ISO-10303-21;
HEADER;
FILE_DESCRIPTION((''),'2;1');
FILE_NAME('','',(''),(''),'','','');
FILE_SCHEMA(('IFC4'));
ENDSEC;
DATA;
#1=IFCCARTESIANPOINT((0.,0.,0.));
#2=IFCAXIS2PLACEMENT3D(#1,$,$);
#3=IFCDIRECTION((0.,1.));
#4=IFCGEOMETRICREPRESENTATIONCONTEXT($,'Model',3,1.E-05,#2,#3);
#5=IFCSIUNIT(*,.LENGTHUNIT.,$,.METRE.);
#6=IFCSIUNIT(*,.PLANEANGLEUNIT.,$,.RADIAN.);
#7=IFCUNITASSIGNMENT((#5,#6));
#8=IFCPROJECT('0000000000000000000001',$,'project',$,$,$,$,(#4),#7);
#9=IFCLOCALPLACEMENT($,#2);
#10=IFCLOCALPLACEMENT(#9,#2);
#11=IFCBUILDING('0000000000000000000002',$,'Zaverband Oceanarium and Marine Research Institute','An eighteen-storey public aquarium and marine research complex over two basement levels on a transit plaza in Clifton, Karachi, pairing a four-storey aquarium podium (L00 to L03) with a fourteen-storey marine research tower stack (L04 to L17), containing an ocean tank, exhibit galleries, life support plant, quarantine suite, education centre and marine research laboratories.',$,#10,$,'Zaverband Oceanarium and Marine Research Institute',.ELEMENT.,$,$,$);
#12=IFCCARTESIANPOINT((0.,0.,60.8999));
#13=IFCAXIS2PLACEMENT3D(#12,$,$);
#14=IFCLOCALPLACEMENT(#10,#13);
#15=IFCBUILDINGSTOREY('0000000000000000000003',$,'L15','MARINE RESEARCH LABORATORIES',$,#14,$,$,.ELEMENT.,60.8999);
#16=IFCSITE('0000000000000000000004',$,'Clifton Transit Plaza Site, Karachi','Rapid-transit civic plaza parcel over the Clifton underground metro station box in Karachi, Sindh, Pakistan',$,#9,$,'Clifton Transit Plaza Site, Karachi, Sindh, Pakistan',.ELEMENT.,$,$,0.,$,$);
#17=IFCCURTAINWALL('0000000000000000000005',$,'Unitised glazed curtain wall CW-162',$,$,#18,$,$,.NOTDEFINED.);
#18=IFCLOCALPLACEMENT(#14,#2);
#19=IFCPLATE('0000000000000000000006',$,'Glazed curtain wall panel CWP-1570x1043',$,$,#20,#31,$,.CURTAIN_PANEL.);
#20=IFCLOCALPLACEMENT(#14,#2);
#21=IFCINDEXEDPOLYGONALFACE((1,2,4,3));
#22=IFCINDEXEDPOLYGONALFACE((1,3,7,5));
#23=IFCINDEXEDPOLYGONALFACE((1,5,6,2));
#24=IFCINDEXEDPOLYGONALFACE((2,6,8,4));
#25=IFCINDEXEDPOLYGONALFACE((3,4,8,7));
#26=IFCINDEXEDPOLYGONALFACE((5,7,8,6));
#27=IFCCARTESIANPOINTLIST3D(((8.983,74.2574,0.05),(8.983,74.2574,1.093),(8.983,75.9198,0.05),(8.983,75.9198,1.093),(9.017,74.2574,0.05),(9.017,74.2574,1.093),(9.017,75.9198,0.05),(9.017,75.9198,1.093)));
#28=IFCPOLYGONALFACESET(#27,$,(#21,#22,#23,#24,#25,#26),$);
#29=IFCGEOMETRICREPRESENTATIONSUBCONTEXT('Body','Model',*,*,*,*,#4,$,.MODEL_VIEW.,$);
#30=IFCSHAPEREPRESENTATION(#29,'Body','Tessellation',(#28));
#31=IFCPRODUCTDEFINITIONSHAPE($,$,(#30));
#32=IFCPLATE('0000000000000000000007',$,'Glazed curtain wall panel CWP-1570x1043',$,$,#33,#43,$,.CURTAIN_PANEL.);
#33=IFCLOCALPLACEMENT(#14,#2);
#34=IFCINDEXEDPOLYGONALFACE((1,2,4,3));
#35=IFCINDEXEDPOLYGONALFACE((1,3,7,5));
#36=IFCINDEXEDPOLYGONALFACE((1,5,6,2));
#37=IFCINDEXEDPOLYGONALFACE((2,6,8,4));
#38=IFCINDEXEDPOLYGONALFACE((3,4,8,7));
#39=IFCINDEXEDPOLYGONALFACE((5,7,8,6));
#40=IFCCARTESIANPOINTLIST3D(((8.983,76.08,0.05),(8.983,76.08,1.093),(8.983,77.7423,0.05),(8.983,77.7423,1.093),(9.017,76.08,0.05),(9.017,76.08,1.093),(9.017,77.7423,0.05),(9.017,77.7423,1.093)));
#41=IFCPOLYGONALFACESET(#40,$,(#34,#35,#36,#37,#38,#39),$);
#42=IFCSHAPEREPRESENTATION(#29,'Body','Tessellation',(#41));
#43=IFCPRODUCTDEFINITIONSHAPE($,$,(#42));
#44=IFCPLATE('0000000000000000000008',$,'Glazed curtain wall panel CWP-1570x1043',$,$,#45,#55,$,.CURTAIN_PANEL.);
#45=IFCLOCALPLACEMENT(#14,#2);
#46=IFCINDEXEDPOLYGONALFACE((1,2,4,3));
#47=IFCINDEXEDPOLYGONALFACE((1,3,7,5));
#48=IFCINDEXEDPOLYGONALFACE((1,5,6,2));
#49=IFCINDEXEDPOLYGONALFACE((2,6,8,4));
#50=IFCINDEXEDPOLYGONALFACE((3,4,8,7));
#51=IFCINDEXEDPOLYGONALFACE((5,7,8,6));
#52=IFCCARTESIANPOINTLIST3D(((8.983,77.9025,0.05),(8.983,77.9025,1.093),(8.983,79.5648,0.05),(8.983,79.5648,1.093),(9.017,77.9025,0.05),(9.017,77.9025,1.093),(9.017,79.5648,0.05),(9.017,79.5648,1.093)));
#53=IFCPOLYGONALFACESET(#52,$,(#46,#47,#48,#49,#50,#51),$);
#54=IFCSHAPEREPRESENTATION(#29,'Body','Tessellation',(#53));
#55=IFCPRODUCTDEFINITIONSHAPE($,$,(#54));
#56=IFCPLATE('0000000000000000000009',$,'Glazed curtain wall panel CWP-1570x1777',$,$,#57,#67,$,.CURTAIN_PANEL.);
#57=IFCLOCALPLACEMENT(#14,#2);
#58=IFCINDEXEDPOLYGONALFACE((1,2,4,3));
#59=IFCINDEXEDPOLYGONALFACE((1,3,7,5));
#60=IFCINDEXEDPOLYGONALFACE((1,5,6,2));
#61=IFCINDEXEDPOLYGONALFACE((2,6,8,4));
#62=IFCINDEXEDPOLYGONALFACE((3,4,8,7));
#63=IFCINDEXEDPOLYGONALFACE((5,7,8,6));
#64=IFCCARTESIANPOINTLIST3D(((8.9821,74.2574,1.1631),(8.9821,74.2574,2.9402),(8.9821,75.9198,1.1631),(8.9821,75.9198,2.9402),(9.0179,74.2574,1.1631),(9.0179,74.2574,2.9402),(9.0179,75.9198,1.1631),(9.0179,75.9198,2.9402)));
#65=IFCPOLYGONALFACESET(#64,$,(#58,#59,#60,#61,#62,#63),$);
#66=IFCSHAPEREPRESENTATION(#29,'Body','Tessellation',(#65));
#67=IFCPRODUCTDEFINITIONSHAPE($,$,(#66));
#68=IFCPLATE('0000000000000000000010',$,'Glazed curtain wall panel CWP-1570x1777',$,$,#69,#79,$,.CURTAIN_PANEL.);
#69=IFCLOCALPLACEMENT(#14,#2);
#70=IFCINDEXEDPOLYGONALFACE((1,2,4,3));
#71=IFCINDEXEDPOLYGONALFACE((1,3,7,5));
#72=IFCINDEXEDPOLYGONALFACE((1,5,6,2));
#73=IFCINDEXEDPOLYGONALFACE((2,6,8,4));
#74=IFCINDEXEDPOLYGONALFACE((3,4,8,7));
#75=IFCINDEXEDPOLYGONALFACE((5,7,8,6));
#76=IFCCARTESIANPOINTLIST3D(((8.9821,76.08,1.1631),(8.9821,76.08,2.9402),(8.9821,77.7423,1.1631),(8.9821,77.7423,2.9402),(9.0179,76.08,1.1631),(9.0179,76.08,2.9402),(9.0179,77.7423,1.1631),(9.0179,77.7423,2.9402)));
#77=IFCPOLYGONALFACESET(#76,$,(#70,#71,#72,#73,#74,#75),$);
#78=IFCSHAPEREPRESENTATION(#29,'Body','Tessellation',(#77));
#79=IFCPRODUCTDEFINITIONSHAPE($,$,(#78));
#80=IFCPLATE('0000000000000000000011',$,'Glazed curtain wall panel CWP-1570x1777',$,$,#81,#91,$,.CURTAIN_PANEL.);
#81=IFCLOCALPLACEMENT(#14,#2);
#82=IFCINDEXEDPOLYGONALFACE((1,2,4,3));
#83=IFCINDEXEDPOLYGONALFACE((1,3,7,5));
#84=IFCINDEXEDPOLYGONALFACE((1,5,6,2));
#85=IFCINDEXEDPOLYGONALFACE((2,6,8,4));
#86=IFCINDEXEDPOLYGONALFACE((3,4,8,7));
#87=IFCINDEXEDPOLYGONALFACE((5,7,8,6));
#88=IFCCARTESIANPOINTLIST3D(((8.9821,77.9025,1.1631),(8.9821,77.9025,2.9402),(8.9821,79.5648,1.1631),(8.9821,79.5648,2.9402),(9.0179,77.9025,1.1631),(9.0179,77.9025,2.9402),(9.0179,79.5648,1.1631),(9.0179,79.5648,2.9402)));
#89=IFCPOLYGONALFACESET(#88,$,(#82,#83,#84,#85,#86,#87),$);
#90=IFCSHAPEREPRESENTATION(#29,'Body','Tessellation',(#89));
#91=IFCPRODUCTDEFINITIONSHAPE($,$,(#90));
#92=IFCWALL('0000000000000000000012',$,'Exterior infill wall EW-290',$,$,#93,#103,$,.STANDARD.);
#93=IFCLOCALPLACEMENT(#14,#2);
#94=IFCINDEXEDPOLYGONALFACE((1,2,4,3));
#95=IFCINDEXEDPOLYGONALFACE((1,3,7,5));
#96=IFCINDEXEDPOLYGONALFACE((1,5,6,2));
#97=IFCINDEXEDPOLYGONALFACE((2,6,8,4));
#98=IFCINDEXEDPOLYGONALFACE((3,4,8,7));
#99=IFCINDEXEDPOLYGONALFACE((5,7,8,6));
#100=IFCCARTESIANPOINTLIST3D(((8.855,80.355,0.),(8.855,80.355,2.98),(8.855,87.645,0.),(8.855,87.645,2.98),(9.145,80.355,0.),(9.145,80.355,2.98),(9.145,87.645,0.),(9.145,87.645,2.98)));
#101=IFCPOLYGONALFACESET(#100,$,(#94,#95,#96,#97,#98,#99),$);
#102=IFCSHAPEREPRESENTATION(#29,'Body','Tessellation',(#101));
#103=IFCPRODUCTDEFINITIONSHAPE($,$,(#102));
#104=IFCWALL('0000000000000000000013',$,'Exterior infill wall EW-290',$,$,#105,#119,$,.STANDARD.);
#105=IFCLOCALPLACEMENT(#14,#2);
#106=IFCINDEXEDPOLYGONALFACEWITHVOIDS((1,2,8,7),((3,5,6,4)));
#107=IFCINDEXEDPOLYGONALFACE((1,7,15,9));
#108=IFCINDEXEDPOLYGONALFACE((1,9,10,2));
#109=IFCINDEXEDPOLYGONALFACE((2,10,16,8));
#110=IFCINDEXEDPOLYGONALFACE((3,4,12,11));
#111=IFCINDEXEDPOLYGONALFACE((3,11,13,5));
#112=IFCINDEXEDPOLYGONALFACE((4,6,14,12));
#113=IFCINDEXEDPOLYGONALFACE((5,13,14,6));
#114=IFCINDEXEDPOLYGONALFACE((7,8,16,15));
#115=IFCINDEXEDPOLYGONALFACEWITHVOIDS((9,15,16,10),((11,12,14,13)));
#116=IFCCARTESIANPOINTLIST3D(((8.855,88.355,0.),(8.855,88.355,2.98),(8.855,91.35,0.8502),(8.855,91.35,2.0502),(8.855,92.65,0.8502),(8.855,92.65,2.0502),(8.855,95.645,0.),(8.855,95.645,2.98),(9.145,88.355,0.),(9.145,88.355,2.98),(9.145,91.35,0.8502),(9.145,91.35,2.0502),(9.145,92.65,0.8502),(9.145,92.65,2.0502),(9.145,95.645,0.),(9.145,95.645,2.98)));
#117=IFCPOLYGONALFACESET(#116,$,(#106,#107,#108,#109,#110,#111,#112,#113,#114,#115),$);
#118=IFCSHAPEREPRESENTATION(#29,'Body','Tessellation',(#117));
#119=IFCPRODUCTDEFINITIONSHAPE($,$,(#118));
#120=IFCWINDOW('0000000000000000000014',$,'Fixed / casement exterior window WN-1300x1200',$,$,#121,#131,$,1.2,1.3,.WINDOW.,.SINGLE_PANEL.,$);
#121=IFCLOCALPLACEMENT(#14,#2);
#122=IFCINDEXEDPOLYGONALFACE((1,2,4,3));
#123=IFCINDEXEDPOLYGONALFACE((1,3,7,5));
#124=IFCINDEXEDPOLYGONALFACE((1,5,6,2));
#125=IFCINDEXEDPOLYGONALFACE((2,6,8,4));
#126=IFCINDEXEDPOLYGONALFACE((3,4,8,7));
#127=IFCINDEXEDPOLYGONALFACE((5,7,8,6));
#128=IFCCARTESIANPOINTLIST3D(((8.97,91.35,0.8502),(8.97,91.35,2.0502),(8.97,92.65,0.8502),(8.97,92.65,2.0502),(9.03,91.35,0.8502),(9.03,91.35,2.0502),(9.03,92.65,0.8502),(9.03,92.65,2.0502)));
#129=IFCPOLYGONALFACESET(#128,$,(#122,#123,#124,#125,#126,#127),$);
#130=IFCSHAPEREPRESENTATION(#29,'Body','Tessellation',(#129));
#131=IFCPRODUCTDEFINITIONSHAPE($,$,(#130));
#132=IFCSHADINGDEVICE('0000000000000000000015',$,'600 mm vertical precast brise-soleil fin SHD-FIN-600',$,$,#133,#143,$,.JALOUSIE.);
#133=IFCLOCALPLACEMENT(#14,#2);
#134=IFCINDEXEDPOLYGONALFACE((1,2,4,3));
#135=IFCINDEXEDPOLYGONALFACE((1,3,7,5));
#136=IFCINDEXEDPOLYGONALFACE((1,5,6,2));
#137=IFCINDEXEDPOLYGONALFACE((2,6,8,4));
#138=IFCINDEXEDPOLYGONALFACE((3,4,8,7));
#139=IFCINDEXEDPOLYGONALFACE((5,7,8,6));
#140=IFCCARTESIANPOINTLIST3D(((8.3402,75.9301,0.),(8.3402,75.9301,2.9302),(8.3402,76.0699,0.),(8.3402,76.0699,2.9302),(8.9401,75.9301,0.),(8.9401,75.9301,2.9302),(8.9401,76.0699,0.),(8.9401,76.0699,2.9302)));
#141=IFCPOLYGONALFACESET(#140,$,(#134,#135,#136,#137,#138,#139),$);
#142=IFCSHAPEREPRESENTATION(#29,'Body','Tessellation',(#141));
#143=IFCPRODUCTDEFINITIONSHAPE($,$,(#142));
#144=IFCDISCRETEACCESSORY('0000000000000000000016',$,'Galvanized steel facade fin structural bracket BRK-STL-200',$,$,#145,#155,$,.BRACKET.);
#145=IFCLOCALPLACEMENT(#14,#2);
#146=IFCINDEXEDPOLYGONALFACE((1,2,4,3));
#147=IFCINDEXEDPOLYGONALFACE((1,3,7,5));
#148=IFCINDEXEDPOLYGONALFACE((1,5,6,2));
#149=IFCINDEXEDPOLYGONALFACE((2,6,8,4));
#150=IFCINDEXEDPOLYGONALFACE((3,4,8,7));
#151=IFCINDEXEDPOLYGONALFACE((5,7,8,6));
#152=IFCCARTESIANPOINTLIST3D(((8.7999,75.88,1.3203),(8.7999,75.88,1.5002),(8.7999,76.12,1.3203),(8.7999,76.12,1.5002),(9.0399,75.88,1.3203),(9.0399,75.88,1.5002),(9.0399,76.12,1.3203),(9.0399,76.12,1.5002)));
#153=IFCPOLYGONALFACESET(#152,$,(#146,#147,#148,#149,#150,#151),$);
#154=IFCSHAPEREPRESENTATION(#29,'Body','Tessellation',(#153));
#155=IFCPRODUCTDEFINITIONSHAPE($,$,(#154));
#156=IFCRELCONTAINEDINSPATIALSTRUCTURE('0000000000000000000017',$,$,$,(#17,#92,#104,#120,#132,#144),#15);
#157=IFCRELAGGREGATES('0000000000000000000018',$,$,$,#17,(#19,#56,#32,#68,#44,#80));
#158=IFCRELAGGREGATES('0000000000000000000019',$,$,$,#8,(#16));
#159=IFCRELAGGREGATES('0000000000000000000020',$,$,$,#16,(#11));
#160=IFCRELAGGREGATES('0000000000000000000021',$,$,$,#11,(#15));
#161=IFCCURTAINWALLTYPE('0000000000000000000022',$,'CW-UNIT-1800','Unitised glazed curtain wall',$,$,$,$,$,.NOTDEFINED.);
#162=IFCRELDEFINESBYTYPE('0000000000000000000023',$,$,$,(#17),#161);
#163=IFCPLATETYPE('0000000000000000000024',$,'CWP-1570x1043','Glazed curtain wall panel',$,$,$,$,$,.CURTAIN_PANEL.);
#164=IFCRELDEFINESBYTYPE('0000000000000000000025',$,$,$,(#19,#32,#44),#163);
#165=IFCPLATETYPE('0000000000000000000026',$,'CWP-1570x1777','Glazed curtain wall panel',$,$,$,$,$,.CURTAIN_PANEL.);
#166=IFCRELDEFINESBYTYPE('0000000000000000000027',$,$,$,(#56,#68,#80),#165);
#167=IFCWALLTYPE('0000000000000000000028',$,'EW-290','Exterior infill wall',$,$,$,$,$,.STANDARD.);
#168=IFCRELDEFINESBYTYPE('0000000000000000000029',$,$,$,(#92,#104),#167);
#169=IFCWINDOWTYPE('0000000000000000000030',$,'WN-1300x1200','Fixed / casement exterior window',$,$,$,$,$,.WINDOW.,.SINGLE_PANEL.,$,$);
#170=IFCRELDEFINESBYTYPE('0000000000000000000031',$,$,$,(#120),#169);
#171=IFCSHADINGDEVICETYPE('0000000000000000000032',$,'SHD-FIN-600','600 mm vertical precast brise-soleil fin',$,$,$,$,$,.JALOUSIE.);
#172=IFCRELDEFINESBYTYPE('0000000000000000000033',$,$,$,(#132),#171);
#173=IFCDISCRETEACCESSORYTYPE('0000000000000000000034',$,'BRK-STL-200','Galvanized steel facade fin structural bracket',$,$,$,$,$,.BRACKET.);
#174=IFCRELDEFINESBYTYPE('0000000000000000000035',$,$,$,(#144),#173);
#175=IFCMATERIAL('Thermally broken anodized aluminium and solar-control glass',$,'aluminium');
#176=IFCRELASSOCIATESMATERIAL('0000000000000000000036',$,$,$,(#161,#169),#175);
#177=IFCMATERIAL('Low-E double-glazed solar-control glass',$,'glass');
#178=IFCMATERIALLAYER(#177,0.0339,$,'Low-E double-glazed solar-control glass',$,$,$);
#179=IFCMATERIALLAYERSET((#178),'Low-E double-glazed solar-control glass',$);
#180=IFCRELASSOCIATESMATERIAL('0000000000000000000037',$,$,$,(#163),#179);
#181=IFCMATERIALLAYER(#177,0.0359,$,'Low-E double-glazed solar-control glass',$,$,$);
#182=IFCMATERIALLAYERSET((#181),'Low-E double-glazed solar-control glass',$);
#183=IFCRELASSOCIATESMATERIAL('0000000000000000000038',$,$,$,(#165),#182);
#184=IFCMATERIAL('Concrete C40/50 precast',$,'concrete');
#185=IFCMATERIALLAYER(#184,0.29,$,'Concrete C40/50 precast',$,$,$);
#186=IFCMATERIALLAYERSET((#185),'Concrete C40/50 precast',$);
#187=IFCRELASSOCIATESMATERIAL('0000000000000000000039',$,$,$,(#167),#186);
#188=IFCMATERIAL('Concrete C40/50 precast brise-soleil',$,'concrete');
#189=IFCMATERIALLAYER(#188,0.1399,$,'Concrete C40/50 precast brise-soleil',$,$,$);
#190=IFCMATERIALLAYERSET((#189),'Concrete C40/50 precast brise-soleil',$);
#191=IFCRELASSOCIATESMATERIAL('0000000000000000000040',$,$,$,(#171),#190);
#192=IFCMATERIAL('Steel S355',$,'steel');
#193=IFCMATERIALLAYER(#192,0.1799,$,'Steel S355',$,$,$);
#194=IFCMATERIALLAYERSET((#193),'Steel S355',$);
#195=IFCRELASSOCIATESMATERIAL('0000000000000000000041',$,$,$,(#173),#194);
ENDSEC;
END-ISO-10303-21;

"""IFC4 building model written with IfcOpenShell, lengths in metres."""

from ifc_helpers import new_model, si_unit, direction, frame, frame_2d, origin, origin_2d, place, context, subcontext, project, spatial, rectangle, extrude, material, layer, layer_set, type_object, element, fill, aggregate, save


model = new_model("IFC4")

# Units and contexts
model_context = context("Model", 3, precision=1e-05, world=origin(), true_north=direction((0.0, 1.0)))
body_context = subcontext(model_context, "Body", "Model", "MODEL_VIEW")
ifc_project = project(units=[si_unit("LENGTHUNIT", "METRE"), si_unit("PLANEANGLEUNIT", "RADIAN")], contexts=[model_context])

# Site, building, storey
site_placement = place(None, origin())
site = spatial("IfcSite", under=ifc_project, at=site_placement, Name="Clifton Transit Plaza Site, Karachi", Description="Rapid-transit civic plaza parcel over the Clifton underground metro station box in Karachi, Sindh, Pakistan", LongName="Clifton Transit Plaza Site, Karachi, Sindh, Pakistan", CompositionType="ELEMENT", RefElevation=0.0)
building_placement = place(site_placement, origin())
building = spatial("IfcBuilding", under=site, at=building_placement, Name="Zaverband Oceanarium and Marine Research Institute", Description="An eighteen-storey public aquarium and marine research complex over two basement levels on a transit plaza in Clifton, Karachi, pairing a four-storey aquarium podium (L00 to L03) with a fourteen-storey marine research tower stack (L04 to L17), containing an ocean tank, exhibit galleries, life support plant, quarantine suite, education centre and marine research laboratories.", LongName="Zaverband Oceanarium and Marine Research Institute", CompositionType="ELEMENT")
storey_placement = place(building_placement, frame((0.0, 0.0, 60.8999)))
storey = spatial("IfcBuildingStorey", under=building, at=storey_placement, Name="L15", Description="MARINE RESEARCH LABORATORIES", CompositionType="ELEMENT", Elevation=60.8999)

# Shared definitions
ifc_material_1 = material(Name="Steel S355", Category="steel")

# Curtain wall
ifc_material_2 = material(Name="Thermally broken anodized aluminium and solar-control glass", Category="aluminium")
curtain_wall_type = type_object("IfcCurtainWallType", Name="CW-UNIT-1800", Description="Unitised glazed curtain wall", PredefinedType="NOTDEFINED", material=ifc_material_2)
curtain_wall_placement = place(storey_placement, origin())
curtain_wall = element("IfcCurtainWall", 1, at=curtain_wall_placement, inside=storey, type_object=curtain_wall_type, Name="Unitised glazed curtain wall CW-162", PredefinedType="NOTDEFINED")

# Plates
ifc_material_3 = material(Name="Low-E double-glazed solar-control glass", Category="glass")
ifc_layer_1 = layer(ifc_material_3, 0.0339, Name="Low-E double-glazed solar-control glass")
ifc_layer_set_1 = layer_set([ifc_layer_1], Name="Low-E double-glazed solar-control glass")
plate_type_1 = type_object("IfcPlateType", Name="CWP-1570x1043", Description="Glazed curtain wall panel", PredefinedType="CURTAIN_PANEL", material=ifc_layer_set_1)
plate_1_placement = place(storey_placement, frame((9.0, 74.2576, 0.05), z_axis=(0.0, 0.0, 1.0), x_axis=(0.0, 1.0, 0.0)))
plate_1 = element("IfcPlate", 2, at=plate_1_placement, type_object=plate_type_1, Name="Glazed curtain wall panel CWP-1570x1043", PredefinedType="CURTAIN_PANEL", context=body_context, shape_type="SweptSolid", body=[
    extrude(rectangle(XDim=1.6624, YDim=0.0339, at=frame_2d((0.8311, 0.0))), origin(), (0.0, 0.0, 1.0), 1.043),
])
plate_2_placement = place(storey_placement, frame((9.0, 76.0801, 0.05), z_axis=(0.0, 0.0, 1.0), x_axis=(0.0, 1.0, 0.0)))
plate_2 = element("IfcPlate", 3, at=plate_2_placement, type_object=plate_type_1, Name="Glazed curtain wall panel CWP-1570x1043", PredefinedType="CURTAIN_PANEL", context=body_context, shape_type="SweptSolid", body=[
    extrude(rectangle(XDim=1.6624, YDim=0.0339, at=frame_2d((0.8311, 0.0))), origin(), (0.0, 0.0, 1.0), 1.043),
])
plate_3_placement = place(storey_placement, frame((9.0, 77.9026, 0.05), z_axis=(0.0, 0.0, 1.0), x_axis=(0.0, 1.0, 0.0)))
plate_3 = element("IfcPlate", 4, at=plate_3_placement, type_object=plate_type_1, Name="Glazed curtain wall panel CWP-1570x1043", PredefinedType="CURTAIN_PANEL", context=body_context, shape_type="SweptSolid", body=[
    extrude(rectangle(XDim=1.6624, YDim=0.0339, at=frame_2d((0.8311, 0.0))), origin(), (0.0, 0.0, 1.0), 1.043),
])
ifc_layer_2 = layer(ifc_material_3, 0.0359, Name="Low-E double-glazed solar-control glass")
ifc_layer_set_2 = layer_set([ifc_layer_2], Name="Low-E double-glazed solar-control glass")
plate_type_2 = type_object("IfcPlateType", Name="CWP-1570x1777", Description="Glazed curtain wall panel", PredefinedType="CURTAIN_PANEL", material=ifc_layer_set_2)
plate_4_placement = place(storey_placement, frame((9.0, 74.2576, 1.1631), z_axis=(0.0, 0.0, 1.0), x_axis=(0.0, 1.0, 0.0)))
plate_4 = element("IfcPlate", 5, at=plate_4_placement, type_object=plate_type_2, Name="Glazed curtain wall panel CWP-1570x1777", PredefinedType="CURTAIN_PANEL", context=body_context, shape_type="SweptSolid", body=[
    extrude(rectangle(XDim=1.6624, YDim=0.0359, at=frame_2d((0.8311, 0.0))), origin(), (0.0, 0.0, 1.0), 1.7771),
])
plate_5_placement = place(storey_placement, frame((9.0, 76.0801, 1.1631), z_axis=(0.0, 0.0, 1.0), x_axis=(0.0, 1.0, 0.0)))
plate_5 = element("IfcPlate", 6, at=plate_5_placement, type_object=plate_type_2, Name="Glazed curtain wall panel CWP-1570x1777", PredefinedType="CURTAIN_PANEL", context=body_context, shape_type="SweptSolid", body=[
    extrude(rectangle(XDim=1.6624, YDim=0.0359, at=frame_2d((0.8311, 0.0))), origin(), (0.0, 0.0, 1.0), 1.7771),
])
plate_6_placement = place(storey_placement, frame((9.0, 77.9026, 1.1631), z_axis=(0.0, 0.0, 1.0), x_axis=(0.0, 1.0, 0.0)))
plate_6 = element("IfcPlate", 7, at=plate_6_placement, type_object=plate_type_2, Name="Glazed curtain wall panel CWP-1570x1777", PredefinedType="CURTAIN_PANEL", context=body_context, shape_type="SweptSolid", body=[
    extrude(rectangle(XDim=1.6624, YDim=0.0359, at=frame_2d((0.8311, 0.0))), origin(), (0.0, 0.0, 1.0), 1.7771),
])
aggregate(curtain_wall, [plate_1, plate_4, plate_2, plate_5, plate_3, plate_6])

# Wall
ifc_material_4 = material(Name="Concrete C40/50 precast", Category="concrete")
ifc_layer_3 = layer(ifc_material_4, 0.29, Name="Concrete C40/50 precast")
ifc_layer_set_3 = layer_set([ifc_layer_3], Name="Concrete C40/50 precast")
wall_type = type_object("IfcWallType", Name="EW-290", Description="Exterior infill wall", PredefinedType="STANDARD", material=ifc_layer_set_3)
wall_1_placement = place(storey_placement, frame((9.0, 80.355, 0.0), z_axis=(0.0, 0.0, 1.0), x_axis=(0.0, 1.0, 0.0)))
element("IfcWall", 8, at=wall_1_placement, inside=storey, type_object=wall_type, Name="Exterior infill wall EW-290", PredefinedType="STANDARD", context=body_context, shape_type="SweptSolid", body=[
    extrude(rectangle(XDim=7.29, YDim=0.29, at=frame_2d((3.645, 0.0))), origin(), (0.0, 0.0, 1.0), 2.98),
])

# Wall, opening, window
wall_2_placement = place(storey_placement, frame((9.0, 88.355, 0.0), z_axis=(0.0, 0.0, 1.0), x_axis=(0.0, 1.0, 0.0)))
wall_2 = element("IfcWall", 9, at=wall_2_placement, inside=storey, type_object=wall_type, Name="Exterior infill wall EW-290", PredefinedType="STANDARD", context=body_context, shape_type="SweptSolid", body=[
    extrude(rectangle(XDim=7.29, YDim=0.29, at=frame_2d((3.645, 0.0))), origin(), (0.0, 0.0, 1.0), 2.98),
])
opening_placement = place(wall_2_placement, frame((2.9951, 0.0, 0.8501)))
opening = element("IfcOpeningElement", 10, at=opening_placement, cuts=wall_2, PredefinedType="OPENING", context=body_context, shape_type="SweptSolid", body=[
    extrude(rectangle(XDim=1.3, YDim=1.2, at=frame_2d((0.6499, 0.6001))), frame((0.0, 0.157, 0.0), z_axis=(0.0, -1.0, 0.0), x_axis=(1.0, 0.0, 0.0)), (0.0, 0.0, 1.0), 0.314),
])
window_type = type_object("IfcWindowType", Name="WN-1300x1200", Description="Fixed / casement exterior window", PartitioningType="SINGLE_PANEL", PredefinedType="WINDOW", material=ifc_material_2)
window_placement = place(opening_placement, origin())
window = element("IfcWindow", 11, at=window_placement, inside=storey, type_object=window_type, Name="Fixed / casement exterior window WN-1300x1200", OverallHeight=1.2, OverallWidth=1.3, PartitioningType="SINGLE_PANEL", PredefinedType="WINDOW", context=body_context, shape_type="SweptSolid", body=[
    extrude(rectangle(XDim=1.3, YDim=1.2, at=frame_2d((0.6499, 0.6001))), frame((0.0, 0.03, 0.0), z_axis=(0.0, -1.0, 0.0), x_axis=(1.0, 0.0, 0.0)), (0.0, 0.0, 1.0), 0.0601),
])
fill(opening, window)

# Shading device
ifc_material_5 = material(Name="Concrete C40/50 precast brise-soleil", Category="concrete")
ifc_layer_4 = layer(ifc_material_5, 0.1399, Name="Concrete C40/50 precast brise-soleil")
ifc_layer_set_4 = layer_set([ifc_layer_4], Name="Concrete C40/50 precast brise-soleil")
shading_device_type = type_object("IfcShadingDeviceType", Name="SHD-FIN-600", Description="600 mm vertical precast brise-soleil fin", PredefinedType="JALOUSIE", material=ifc_layer_set_4)
shading_device_placement = place(storey_placement, frame((8.9399, 76.0, 0.0), z_axis=(0.0, 0.0, 1.0), x_axis=(-1.0, 0.0, 0.0)))
element("IfcShadingDevice", 12, at=shading_device_placement, inside=storey, type_object=shading_device_type, Name="600 mm vertical precast brise-soleil fin SHD-FIN-600", PredefinedType="JALOUSIE", context=body_context, shape_type="SweptSolid", body=[
    extrude(rectangle(XDim=0.5999, YDim=0.1399, at=frame_2d((0.2998, 0.0))), origin(), (0.0, 0.0, 1.0), 2.9302),
])

# Discrete accessory
ifc_layer_5 = layer(ifc_material_1, 0.1799, Name="Steel S355")
ifc_layer_set_5 = layer_set([ifc_layer_5], Name="Steel S355")
discrete_accessory_type = type_object("IfcDiscreteAccessoryType", Name="BRK-STL-200", Description="Galvanized steel facade fin structural bracket", PredefinedType="BRACKET", material=ifc_layer_set_5)
discrete_accessory_placement = place(storey_placement, frame((8.9199, 76.0, 1.3203), z_axis=(0.0, 0.0, 1.0), x_axis=(1.0, 0.0, 0.0)))
element("IfcDiscreteAccessory", 13, at=discrete_accessory_placement, inside=storey, type_object=discrete_accessory_type, Name="Galvanized steel facade fin structural bracket BRK-STL-200", PredefinedType="BRACKET", context=body_context, shape_type="SweptSolid", body=[
    extrude(rectangle(XDim=0.24, YDim=0.24, at=origin_2d()), origin(), (0.0, 0.0, 1.0), 0.1799),
])

save(model, "model.ifc")
